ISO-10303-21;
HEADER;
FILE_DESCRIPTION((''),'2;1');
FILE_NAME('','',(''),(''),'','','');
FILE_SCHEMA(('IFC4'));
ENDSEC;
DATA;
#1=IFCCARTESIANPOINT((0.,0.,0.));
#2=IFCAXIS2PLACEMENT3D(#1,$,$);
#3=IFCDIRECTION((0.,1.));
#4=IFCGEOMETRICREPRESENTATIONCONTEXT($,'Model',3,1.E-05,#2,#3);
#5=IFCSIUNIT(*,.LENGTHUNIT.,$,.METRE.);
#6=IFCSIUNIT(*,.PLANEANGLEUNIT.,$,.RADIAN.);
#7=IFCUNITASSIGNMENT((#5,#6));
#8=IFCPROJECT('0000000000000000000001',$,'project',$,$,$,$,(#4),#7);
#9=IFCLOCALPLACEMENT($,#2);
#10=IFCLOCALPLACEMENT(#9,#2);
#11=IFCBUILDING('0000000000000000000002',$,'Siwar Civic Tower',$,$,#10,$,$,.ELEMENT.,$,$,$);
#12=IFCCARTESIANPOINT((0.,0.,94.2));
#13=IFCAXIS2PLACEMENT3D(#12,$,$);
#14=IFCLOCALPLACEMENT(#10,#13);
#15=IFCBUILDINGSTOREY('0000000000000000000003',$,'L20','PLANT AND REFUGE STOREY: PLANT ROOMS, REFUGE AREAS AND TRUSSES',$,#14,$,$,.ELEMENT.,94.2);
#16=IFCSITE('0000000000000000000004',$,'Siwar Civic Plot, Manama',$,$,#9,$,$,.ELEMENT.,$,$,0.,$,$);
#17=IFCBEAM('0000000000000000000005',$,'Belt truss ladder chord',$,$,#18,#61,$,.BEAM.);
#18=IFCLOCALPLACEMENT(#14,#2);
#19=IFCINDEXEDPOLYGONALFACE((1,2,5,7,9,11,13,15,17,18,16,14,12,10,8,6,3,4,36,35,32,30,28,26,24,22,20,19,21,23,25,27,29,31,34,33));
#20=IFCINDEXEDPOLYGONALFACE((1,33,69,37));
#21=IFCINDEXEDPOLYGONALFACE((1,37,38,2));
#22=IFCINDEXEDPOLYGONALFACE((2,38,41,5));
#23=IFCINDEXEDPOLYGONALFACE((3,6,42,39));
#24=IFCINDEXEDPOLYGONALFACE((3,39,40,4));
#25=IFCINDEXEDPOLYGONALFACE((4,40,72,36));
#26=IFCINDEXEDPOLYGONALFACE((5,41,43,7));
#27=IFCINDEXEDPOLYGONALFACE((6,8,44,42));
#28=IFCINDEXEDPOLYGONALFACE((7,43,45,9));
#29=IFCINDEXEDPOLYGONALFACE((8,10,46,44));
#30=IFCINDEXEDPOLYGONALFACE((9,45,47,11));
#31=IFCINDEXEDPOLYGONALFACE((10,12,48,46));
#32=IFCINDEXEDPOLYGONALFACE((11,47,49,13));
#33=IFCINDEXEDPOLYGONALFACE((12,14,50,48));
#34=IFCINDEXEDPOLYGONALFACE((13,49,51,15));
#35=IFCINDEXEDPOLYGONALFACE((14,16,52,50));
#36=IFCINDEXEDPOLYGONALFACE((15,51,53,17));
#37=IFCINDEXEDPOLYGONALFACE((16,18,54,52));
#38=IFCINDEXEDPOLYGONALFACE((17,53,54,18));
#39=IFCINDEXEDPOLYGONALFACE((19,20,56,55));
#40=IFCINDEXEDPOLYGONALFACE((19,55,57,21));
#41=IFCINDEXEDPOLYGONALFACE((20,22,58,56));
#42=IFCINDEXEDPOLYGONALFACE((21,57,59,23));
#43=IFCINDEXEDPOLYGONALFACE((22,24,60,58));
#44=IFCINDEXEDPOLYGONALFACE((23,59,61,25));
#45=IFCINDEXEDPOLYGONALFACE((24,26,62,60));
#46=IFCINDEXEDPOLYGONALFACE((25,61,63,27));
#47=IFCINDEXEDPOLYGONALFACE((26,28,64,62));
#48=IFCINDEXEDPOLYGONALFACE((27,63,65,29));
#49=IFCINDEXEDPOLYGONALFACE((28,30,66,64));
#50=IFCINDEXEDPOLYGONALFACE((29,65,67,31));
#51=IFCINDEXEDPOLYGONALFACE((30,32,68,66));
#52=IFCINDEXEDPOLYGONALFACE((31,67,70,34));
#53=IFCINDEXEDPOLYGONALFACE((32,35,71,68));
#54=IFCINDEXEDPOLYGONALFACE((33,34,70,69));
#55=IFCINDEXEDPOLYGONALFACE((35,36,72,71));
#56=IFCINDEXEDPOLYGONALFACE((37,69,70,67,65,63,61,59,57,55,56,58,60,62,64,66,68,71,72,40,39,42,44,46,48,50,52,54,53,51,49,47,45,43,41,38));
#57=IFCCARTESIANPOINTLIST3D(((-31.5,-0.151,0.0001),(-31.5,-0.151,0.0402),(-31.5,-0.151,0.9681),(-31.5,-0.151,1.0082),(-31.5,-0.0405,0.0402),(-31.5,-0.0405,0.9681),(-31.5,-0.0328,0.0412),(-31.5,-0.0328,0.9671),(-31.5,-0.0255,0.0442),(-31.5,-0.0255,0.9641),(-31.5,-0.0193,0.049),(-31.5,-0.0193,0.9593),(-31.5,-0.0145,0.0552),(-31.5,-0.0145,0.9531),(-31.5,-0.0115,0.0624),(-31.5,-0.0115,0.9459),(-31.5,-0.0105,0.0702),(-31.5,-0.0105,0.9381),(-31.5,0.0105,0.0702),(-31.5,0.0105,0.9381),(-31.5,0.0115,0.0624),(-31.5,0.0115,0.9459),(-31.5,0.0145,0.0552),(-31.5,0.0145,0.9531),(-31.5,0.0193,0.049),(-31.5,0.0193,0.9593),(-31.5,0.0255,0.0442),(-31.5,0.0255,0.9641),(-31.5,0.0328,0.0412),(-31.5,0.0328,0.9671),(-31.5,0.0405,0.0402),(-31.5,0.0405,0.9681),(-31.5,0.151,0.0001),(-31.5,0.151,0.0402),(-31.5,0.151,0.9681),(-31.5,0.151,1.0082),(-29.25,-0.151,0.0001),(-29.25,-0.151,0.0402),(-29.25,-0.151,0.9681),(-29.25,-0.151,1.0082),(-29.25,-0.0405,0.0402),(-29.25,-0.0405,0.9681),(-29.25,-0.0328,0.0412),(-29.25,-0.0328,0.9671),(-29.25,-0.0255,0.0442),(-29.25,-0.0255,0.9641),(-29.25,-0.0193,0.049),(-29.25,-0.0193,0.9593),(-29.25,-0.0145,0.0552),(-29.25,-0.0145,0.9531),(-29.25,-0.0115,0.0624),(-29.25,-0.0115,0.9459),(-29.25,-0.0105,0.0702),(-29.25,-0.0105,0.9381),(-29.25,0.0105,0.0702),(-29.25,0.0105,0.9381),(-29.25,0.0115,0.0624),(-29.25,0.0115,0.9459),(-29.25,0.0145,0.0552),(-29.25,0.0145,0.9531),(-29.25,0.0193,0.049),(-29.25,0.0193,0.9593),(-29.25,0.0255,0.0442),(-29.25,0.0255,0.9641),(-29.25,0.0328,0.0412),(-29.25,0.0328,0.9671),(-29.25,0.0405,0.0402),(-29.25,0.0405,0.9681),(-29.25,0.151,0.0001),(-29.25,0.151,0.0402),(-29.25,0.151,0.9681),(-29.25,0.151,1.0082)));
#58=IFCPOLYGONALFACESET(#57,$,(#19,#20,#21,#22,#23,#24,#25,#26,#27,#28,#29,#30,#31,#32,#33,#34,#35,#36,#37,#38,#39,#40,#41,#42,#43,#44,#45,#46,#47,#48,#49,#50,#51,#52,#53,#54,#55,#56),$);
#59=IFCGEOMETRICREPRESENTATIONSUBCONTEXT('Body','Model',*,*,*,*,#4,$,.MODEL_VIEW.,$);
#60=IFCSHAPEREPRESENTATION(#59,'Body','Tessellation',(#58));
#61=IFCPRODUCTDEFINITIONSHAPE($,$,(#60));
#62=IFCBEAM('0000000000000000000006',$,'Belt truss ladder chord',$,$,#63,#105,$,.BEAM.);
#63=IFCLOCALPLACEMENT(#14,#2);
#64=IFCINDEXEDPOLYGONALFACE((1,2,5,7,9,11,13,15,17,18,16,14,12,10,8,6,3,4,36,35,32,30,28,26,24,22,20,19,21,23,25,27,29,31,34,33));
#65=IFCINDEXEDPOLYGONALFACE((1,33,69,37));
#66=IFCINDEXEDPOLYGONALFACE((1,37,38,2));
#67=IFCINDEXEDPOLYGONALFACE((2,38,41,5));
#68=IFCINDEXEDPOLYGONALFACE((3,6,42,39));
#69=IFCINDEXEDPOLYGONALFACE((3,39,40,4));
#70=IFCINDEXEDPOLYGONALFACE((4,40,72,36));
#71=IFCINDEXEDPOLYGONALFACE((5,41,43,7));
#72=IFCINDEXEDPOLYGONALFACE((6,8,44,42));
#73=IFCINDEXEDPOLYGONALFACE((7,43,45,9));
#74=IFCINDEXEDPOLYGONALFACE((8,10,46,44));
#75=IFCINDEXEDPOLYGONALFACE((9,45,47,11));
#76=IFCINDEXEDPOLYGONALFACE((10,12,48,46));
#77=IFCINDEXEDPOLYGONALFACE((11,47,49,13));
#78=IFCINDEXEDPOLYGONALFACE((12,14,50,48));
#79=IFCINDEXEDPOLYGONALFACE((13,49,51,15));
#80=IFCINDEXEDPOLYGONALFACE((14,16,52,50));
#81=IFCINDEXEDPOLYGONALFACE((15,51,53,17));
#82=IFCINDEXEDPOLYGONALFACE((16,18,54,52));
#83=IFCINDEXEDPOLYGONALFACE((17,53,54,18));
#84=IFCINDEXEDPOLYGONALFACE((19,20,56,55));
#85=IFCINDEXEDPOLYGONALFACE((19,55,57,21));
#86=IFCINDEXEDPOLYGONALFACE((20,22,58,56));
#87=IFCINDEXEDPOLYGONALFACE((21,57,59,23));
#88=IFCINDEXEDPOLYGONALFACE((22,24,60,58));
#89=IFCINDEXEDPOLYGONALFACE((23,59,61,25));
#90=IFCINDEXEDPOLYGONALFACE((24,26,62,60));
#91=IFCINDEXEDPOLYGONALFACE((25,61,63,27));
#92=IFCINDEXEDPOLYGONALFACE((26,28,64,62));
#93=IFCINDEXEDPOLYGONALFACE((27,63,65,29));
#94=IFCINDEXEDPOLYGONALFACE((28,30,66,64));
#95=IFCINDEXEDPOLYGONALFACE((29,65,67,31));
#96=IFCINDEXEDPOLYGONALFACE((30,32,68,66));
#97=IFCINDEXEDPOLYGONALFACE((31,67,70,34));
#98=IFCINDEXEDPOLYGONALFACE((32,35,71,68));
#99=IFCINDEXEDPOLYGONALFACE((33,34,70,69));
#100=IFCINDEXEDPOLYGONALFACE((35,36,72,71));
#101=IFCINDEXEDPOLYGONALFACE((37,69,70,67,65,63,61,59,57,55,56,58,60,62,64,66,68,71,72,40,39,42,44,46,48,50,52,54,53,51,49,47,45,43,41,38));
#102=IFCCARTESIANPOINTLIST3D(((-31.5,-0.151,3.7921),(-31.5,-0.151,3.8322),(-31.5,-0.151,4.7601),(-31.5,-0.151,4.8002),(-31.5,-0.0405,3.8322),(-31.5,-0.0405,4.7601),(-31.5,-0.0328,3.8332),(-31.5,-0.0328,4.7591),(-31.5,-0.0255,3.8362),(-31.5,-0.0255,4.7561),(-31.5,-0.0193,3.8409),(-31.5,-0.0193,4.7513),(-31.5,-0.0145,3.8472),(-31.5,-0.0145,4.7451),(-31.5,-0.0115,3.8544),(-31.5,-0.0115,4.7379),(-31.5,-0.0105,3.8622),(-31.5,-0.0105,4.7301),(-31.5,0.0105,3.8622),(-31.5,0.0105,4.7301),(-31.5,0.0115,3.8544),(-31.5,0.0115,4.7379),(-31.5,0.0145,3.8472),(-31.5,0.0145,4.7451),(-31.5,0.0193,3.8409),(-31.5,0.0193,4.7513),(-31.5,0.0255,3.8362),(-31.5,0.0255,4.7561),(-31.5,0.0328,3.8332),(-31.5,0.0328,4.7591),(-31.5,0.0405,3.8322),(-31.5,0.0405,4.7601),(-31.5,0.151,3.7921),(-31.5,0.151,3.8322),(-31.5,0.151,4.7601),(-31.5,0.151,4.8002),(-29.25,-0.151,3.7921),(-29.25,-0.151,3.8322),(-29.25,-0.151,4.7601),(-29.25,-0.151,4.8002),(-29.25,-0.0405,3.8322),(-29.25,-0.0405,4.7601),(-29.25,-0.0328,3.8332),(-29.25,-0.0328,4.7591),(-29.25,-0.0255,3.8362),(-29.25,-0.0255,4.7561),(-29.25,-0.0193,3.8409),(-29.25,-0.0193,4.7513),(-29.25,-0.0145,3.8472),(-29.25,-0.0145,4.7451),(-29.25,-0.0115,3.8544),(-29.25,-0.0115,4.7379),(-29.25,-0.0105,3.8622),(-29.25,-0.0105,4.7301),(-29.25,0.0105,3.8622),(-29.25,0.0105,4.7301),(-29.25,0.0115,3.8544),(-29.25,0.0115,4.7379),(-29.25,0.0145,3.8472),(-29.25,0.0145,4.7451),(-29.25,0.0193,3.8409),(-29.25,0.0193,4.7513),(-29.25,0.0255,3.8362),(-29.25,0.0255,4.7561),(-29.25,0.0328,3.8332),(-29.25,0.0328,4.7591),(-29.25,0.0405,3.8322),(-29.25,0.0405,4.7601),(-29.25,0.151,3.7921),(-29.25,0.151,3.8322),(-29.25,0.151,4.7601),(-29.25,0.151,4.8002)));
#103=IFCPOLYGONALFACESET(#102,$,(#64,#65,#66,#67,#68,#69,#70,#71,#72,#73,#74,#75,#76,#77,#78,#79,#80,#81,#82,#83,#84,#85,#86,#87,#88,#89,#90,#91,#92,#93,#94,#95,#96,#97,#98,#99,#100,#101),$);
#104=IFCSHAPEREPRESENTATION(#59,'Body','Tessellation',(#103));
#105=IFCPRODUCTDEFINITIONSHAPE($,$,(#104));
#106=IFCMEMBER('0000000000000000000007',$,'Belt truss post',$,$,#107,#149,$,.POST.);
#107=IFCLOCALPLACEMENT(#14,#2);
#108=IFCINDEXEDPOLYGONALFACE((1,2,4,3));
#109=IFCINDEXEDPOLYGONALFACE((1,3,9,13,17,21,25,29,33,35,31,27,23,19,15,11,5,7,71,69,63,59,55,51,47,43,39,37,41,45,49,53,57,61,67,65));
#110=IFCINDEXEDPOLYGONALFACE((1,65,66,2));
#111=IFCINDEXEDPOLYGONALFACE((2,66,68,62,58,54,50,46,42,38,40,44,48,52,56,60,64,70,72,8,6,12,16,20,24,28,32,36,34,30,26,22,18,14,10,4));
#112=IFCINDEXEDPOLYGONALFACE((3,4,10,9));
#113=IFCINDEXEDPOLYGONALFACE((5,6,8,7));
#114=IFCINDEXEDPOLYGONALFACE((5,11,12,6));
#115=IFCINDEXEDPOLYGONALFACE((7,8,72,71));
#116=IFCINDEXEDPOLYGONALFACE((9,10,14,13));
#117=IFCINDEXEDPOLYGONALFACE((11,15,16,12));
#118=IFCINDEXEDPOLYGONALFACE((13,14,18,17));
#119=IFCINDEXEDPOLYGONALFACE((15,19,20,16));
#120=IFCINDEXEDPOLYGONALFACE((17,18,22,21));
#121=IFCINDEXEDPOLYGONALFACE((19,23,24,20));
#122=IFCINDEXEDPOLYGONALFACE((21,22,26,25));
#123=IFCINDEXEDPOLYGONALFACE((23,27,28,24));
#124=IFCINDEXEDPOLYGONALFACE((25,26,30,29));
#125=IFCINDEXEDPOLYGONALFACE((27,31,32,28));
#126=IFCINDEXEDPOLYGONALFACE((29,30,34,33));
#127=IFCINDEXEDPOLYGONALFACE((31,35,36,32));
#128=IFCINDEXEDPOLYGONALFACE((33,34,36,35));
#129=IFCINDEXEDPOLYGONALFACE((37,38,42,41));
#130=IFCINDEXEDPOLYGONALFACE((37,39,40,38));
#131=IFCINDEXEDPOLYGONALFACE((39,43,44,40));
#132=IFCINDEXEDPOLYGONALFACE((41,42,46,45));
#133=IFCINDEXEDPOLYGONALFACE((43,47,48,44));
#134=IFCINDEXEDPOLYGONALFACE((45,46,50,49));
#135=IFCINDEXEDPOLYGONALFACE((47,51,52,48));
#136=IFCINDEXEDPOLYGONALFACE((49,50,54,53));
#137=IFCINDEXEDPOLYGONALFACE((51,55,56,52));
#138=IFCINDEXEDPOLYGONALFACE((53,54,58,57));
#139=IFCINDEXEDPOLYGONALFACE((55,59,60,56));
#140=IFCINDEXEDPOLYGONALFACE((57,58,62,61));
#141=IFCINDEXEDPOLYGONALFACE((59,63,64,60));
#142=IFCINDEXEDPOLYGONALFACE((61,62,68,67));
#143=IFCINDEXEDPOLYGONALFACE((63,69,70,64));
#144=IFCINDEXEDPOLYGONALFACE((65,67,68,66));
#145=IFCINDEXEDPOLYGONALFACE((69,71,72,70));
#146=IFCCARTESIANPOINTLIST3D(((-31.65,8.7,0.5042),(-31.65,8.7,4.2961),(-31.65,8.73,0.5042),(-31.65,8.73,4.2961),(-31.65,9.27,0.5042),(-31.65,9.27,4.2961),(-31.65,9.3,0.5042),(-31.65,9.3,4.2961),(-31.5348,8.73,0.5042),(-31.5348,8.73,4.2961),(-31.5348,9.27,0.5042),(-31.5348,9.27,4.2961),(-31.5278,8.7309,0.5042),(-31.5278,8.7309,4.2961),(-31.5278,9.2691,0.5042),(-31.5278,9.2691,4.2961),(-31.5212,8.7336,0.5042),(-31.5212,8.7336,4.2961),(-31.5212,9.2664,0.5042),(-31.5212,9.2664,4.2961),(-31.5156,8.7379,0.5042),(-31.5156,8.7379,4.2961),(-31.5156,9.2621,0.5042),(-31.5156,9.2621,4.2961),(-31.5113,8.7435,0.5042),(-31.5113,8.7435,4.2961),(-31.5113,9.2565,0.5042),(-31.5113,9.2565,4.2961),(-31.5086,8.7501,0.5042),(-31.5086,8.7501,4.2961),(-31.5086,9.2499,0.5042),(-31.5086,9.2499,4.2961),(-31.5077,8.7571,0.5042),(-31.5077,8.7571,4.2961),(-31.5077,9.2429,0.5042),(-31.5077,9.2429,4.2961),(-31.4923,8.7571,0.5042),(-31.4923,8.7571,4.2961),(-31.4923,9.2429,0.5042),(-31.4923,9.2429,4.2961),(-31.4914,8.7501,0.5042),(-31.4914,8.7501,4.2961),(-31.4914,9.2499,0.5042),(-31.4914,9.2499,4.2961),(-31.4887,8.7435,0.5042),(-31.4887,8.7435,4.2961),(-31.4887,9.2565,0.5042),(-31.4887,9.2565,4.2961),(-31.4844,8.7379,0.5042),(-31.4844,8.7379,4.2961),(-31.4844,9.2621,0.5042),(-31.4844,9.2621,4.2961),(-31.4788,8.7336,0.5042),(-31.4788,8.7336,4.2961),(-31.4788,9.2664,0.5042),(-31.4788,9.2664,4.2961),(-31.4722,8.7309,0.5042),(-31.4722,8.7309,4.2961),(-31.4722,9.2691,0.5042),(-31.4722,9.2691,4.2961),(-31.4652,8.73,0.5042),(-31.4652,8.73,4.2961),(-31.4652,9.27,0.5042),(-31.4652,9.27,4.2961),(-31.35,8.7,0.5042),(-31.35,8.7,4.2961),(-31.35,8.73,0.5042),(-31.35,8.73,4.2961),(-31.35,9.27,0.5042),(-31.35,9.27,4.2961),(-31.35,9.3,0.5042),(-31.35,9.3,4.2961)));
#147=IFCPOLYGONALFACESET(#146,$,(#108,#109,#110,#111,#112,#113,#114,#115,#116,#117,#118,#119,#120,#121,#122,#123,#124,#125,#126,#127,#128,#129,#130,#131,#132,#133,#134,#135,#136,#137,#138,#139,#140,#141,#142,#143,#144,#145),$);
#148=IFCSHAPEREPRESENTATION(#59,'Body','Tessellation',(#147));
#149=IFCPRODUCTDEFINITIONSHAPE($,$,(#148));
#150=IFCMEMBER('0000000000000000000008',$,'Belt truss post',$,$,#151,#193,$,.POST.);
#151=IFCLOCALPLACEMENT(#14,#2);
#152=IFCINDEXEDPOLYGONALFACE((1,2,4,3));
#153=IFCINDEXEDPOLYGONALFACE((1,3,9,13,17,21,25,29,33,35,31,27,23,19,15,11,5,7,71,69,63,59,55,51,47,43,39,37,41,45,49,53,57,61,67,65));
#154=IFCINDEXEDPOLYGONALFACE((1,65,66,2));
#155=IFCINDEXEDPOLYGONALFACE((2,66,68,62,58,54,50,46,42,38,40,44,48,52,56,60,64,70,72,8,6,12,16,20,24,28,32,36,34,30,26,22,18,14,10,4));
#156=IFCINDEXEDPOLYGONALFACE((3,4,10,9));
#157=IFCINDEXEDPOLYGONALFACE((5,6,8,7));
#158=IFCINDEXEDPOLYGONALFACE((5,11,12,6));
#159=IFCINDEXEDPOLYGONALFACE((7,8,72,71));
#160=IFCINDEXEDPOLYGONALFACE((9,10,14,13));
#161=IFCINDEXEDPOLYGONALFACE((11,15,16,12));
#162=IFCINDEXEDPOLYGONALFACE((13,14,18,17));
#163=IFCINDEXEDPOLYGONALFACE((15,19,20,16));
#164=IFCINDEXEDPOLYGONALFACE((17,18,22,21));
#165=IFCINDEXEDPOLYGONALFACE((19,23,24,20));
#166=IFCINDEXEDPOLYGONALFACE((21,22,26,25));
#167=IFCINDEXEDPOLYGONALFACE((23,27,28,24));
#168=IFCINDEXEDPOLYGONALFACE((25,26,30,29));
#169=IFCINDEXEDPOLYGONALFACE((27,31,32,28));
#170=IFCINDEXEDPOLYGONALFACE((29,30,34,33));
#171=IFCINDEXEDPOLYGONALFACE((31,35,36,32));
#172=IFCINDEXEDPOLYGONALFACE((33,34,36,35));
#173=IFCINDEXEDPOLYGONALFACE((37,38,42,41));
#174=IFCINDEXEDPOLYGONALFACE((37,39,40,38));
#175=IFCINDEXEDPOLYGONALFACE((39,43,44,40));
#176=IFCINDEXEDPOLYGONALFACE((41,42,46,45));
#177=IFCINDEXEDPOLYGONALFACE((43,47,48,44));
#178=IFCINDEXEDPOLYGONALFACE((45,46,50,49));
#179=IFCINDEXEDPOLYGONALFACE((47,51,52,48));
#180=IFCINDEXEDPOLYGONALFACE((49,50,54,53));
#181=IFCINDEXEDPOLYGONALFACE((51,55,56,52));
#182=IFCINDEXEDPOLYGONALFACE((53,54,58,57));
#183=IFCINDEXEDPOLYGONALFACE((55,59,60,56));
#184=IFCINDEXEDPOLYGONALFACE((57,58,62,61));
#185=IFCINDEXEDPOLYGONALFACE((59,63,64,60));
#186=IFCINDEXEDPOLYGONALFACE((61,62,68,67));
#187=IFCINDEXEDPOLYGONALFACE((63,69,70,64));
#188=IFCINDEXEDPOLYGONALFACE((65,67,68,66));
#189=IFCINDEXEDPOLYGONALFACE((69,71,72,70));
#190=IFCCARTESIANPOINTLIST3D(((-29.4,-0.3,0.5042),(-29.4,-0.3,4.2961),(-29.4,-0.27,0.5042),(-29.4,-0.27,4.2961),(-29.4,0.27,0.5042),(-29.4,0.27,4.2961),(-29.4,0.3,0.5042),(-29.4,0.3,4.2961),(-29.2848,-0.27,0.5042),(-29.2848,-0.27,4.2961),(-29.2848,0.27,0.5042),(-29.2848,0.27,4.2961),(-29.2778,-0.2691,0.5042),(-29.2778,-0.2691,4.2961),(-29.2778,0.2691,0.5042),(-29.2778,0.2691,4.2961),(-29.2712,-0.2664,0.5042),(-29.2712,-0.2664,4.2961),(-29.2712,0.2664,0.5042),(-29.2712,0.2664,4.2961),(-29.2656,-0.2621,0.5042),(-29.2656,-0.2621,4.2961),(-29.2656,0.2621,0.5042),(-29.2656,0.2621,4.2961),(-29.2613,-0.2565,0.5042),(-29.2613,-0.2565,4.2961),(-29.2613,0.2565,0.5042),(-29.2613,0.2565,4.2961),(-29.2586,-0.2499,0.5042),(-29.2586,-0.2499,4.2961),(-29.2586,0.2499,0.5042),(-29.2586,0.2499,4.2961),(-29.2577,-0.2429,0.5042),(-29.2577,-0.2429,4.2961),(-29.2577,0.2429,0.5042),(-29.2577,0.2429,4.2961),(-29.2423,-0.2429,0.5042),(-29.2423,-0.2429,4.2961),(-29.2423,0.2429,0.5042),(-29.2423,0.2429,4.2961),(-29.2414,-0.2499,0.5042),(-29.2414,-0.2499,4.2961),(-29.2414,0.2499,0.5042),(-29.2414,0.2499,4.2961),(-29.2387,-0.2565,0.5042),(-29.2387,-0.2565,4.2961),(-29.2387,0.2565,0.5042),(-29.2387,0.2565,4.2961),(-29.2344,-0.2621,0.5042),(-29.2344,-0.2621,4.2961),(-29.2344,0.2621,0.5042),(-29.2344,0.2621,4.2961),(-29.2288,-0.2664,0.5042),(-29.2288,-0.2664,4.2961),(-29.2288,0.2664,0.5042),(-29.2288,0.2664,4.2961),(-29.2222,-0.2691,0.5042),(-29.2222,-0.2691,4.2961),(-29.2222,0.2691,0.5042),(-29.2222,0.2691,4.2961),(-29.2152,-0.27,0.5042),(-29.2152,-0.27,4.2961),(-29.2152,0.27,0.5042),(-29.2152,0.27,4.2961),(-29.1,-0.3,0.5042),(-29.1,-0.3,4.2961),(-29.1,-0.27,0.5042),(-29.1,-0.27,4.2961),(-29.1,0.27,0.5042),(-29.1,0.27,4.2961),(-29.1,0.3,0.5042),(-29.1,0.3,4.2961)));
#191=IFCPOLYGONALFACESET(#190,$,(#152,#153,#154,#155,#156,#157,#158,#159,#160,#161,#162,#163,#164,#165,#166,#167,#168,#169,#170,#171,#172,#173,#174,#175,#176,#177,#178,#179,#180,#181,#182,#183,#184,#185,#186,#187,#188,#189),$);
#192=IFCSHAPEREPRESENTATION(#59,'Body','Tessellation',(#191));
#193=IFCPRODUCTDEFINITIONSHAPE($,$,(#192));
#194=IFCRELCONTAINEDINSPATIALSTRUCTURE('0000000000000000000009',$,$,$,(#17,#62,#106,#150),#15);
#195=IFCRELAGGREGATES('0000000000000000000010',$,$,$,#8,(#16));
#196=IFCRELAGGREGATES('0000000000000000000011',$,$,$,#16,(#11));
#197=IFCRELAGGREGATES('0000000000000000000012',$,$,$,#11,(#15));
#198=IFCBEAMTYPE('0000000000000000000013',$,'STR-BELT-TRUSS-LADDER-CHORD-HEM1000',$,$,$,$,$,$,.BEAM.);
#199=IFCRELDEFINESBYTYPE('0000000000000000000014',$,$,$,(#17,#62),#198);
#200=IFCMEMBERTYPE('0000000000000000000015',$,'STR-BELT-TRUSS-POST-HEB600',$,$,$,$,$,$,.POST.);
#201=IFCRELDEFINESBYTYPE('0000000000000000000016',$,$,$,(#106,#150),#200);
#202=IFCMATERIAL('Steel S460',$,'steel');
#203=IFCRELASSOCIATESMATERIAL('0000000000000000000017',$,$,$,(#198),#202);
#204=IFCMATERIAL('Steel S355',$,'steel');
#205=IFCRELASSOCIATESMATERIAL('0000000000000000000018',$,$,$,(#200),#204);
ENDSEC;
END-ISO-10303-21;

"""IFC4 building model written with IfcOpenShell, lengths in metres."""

from ifc_helpers import new_model, si_unit, direction, frame, origin, origin_2d, place, context, subcontext, project, spatial, i_section, extrude, material, material_profile, profile_set, type_object, element, save


model = new_model("IFC4")

# Units and contexts
model_context = context("Model", 3, precision=1e-05, world=origin(), true_north=direction((0.0, 1.0)))
body_context = subcontext(model_context, "Body", "Model", "MODEL_VIEW")
ifc_project = project(units=[si_unit("LENGTHUNIT", "METRE"), si_unit("PLANEANGLEUNIT", "RADIAN")], contexts=[model_context])

# Site, building, storey
site_placement = place(None, origin())
site = spatial("IfcSite", under=ifc_project, at=site_placement, Name="Siwar Civic Plot, Manama", CompositionType="ELEMENT", RefElevation=0.0)
building_placement = place(site_placement, origin())
building = spatial("IfcBuilding", under=site, at=building_placement, Name="Siwar Civic Tower", CompositionType="ELEMENT")
storey_placement = place(building_placement, frame((0.0, 0.0, 94.2)))
storey = spatial("IfcBuildingStorey", under=building, at=storey_placement, Name="L20", Description="PLANT AND REFUGE STOREY: PLANT ROOMS, REFUGE AREAS AND TRUSSES", CompositionType="ELEMENT", Elevation=94.2)

# Beams
ifc_material_1 = material(Name="Steel S460", Category="steel")
ifc_material_profile_1 = material_profile(ifc_material_1, i_section(OverallWidth=0.302, OverallDepth=1.0081, WebThickness=0.021, FlangeThickness=0.04, FilletRadius=0.03, at=origin_2d()), Name="HEM1000")
ifc_profile_set_1 = profile_set([ifc_material_profile_1], Name="Steel S460")
beam_type_1 = type_object("IfcBeamType", Name="STR-BELT-TRUSS-LADDER-CHORD-HEM1000", PredefinedType="BEAM", material=ifc_profile_set_1)
for number, where, z_axis, x_axis, name in (
    (1, (-29.25, 0.0, 0.5042), (-1.0, 0.0, 0.0), (0.0, -1.0, 0.0), "Belt truss ladder chord"),
    (2, (-29.25, 0.0, 4.2961), (-1.0, 0.0, 0.0), (0.0, -1.0, 0.0), "Belt truss ladder chord"),
):
    element("IfcBeam", number, at=place(storey_placement, frame(where, z_axis=z_axis, x_axis=x_axis)), inside=storey, type_object=beam_type_1, Name=name, PredefinedType="BEAM", context=body_context, shape_type="SweptSolid", body=[
        extrude(i_section(OverallWidth=0.302, OverallDepth=1.0081, WebThickness=0.021, FlangeThickness=0.04, FilletRadius=0.03, at=origin_2d()), origin(), (0.0, 0.0, 1.0), 2.25),
    ])

# Members
ifc_material_2 = material(Name="Steel S355", Category="steel")
ifc_material_profile_2 = material_profile(ifc_material_2, i_section(OverallWidth=0.3, OverallDepth=0.6001, WebThickness=0.0154, FlangeThickness=0.03, FilletRadius=0.0271, at=origin_2d()), Name="HEB600")
ifc_profile_set_2 = profile_set([ifc_material_profile_2], Name="Steel S355")
member_type_1 = type_object("IfcMemberType", Name="STR-BELT-TRUSS-POST-HEB600", PredefinedType="POST", material=ifc_profile_set_2)
for number, where, z_axis, x_axis, name in (
    (3, (-31.5, 9.0, 0.5042), (0.0, 0.0, 1.0), (1.0, 0.0, 0.0), "Belt truss post"),
    (4, (-29.25, 0.0, 0.5042), (0.0, 0.0, 1.0), (1.0, 0.0, 0.0), "Belt truss post"),
):
    element("IfcMember", number, at=place(storey_placement, frame(where, z_axis=z_axis, x_axis=x_axis)), inside=storey, type_object=member_type_1, Name=name, PredefinedType="POST", context=body_context, shape_type="SweptSolid", body=[
        extrude(i_section(OverallWidth=0.3, OverallDepth=0.6001, WebThickness=0.0154, FlangeThickness=0.03, FilletRadius=0.0271, at=origin_2d()), origin(), (0.0, 0.0, 1.0), 3.792),
    ])

save(model, "model.ifc")
